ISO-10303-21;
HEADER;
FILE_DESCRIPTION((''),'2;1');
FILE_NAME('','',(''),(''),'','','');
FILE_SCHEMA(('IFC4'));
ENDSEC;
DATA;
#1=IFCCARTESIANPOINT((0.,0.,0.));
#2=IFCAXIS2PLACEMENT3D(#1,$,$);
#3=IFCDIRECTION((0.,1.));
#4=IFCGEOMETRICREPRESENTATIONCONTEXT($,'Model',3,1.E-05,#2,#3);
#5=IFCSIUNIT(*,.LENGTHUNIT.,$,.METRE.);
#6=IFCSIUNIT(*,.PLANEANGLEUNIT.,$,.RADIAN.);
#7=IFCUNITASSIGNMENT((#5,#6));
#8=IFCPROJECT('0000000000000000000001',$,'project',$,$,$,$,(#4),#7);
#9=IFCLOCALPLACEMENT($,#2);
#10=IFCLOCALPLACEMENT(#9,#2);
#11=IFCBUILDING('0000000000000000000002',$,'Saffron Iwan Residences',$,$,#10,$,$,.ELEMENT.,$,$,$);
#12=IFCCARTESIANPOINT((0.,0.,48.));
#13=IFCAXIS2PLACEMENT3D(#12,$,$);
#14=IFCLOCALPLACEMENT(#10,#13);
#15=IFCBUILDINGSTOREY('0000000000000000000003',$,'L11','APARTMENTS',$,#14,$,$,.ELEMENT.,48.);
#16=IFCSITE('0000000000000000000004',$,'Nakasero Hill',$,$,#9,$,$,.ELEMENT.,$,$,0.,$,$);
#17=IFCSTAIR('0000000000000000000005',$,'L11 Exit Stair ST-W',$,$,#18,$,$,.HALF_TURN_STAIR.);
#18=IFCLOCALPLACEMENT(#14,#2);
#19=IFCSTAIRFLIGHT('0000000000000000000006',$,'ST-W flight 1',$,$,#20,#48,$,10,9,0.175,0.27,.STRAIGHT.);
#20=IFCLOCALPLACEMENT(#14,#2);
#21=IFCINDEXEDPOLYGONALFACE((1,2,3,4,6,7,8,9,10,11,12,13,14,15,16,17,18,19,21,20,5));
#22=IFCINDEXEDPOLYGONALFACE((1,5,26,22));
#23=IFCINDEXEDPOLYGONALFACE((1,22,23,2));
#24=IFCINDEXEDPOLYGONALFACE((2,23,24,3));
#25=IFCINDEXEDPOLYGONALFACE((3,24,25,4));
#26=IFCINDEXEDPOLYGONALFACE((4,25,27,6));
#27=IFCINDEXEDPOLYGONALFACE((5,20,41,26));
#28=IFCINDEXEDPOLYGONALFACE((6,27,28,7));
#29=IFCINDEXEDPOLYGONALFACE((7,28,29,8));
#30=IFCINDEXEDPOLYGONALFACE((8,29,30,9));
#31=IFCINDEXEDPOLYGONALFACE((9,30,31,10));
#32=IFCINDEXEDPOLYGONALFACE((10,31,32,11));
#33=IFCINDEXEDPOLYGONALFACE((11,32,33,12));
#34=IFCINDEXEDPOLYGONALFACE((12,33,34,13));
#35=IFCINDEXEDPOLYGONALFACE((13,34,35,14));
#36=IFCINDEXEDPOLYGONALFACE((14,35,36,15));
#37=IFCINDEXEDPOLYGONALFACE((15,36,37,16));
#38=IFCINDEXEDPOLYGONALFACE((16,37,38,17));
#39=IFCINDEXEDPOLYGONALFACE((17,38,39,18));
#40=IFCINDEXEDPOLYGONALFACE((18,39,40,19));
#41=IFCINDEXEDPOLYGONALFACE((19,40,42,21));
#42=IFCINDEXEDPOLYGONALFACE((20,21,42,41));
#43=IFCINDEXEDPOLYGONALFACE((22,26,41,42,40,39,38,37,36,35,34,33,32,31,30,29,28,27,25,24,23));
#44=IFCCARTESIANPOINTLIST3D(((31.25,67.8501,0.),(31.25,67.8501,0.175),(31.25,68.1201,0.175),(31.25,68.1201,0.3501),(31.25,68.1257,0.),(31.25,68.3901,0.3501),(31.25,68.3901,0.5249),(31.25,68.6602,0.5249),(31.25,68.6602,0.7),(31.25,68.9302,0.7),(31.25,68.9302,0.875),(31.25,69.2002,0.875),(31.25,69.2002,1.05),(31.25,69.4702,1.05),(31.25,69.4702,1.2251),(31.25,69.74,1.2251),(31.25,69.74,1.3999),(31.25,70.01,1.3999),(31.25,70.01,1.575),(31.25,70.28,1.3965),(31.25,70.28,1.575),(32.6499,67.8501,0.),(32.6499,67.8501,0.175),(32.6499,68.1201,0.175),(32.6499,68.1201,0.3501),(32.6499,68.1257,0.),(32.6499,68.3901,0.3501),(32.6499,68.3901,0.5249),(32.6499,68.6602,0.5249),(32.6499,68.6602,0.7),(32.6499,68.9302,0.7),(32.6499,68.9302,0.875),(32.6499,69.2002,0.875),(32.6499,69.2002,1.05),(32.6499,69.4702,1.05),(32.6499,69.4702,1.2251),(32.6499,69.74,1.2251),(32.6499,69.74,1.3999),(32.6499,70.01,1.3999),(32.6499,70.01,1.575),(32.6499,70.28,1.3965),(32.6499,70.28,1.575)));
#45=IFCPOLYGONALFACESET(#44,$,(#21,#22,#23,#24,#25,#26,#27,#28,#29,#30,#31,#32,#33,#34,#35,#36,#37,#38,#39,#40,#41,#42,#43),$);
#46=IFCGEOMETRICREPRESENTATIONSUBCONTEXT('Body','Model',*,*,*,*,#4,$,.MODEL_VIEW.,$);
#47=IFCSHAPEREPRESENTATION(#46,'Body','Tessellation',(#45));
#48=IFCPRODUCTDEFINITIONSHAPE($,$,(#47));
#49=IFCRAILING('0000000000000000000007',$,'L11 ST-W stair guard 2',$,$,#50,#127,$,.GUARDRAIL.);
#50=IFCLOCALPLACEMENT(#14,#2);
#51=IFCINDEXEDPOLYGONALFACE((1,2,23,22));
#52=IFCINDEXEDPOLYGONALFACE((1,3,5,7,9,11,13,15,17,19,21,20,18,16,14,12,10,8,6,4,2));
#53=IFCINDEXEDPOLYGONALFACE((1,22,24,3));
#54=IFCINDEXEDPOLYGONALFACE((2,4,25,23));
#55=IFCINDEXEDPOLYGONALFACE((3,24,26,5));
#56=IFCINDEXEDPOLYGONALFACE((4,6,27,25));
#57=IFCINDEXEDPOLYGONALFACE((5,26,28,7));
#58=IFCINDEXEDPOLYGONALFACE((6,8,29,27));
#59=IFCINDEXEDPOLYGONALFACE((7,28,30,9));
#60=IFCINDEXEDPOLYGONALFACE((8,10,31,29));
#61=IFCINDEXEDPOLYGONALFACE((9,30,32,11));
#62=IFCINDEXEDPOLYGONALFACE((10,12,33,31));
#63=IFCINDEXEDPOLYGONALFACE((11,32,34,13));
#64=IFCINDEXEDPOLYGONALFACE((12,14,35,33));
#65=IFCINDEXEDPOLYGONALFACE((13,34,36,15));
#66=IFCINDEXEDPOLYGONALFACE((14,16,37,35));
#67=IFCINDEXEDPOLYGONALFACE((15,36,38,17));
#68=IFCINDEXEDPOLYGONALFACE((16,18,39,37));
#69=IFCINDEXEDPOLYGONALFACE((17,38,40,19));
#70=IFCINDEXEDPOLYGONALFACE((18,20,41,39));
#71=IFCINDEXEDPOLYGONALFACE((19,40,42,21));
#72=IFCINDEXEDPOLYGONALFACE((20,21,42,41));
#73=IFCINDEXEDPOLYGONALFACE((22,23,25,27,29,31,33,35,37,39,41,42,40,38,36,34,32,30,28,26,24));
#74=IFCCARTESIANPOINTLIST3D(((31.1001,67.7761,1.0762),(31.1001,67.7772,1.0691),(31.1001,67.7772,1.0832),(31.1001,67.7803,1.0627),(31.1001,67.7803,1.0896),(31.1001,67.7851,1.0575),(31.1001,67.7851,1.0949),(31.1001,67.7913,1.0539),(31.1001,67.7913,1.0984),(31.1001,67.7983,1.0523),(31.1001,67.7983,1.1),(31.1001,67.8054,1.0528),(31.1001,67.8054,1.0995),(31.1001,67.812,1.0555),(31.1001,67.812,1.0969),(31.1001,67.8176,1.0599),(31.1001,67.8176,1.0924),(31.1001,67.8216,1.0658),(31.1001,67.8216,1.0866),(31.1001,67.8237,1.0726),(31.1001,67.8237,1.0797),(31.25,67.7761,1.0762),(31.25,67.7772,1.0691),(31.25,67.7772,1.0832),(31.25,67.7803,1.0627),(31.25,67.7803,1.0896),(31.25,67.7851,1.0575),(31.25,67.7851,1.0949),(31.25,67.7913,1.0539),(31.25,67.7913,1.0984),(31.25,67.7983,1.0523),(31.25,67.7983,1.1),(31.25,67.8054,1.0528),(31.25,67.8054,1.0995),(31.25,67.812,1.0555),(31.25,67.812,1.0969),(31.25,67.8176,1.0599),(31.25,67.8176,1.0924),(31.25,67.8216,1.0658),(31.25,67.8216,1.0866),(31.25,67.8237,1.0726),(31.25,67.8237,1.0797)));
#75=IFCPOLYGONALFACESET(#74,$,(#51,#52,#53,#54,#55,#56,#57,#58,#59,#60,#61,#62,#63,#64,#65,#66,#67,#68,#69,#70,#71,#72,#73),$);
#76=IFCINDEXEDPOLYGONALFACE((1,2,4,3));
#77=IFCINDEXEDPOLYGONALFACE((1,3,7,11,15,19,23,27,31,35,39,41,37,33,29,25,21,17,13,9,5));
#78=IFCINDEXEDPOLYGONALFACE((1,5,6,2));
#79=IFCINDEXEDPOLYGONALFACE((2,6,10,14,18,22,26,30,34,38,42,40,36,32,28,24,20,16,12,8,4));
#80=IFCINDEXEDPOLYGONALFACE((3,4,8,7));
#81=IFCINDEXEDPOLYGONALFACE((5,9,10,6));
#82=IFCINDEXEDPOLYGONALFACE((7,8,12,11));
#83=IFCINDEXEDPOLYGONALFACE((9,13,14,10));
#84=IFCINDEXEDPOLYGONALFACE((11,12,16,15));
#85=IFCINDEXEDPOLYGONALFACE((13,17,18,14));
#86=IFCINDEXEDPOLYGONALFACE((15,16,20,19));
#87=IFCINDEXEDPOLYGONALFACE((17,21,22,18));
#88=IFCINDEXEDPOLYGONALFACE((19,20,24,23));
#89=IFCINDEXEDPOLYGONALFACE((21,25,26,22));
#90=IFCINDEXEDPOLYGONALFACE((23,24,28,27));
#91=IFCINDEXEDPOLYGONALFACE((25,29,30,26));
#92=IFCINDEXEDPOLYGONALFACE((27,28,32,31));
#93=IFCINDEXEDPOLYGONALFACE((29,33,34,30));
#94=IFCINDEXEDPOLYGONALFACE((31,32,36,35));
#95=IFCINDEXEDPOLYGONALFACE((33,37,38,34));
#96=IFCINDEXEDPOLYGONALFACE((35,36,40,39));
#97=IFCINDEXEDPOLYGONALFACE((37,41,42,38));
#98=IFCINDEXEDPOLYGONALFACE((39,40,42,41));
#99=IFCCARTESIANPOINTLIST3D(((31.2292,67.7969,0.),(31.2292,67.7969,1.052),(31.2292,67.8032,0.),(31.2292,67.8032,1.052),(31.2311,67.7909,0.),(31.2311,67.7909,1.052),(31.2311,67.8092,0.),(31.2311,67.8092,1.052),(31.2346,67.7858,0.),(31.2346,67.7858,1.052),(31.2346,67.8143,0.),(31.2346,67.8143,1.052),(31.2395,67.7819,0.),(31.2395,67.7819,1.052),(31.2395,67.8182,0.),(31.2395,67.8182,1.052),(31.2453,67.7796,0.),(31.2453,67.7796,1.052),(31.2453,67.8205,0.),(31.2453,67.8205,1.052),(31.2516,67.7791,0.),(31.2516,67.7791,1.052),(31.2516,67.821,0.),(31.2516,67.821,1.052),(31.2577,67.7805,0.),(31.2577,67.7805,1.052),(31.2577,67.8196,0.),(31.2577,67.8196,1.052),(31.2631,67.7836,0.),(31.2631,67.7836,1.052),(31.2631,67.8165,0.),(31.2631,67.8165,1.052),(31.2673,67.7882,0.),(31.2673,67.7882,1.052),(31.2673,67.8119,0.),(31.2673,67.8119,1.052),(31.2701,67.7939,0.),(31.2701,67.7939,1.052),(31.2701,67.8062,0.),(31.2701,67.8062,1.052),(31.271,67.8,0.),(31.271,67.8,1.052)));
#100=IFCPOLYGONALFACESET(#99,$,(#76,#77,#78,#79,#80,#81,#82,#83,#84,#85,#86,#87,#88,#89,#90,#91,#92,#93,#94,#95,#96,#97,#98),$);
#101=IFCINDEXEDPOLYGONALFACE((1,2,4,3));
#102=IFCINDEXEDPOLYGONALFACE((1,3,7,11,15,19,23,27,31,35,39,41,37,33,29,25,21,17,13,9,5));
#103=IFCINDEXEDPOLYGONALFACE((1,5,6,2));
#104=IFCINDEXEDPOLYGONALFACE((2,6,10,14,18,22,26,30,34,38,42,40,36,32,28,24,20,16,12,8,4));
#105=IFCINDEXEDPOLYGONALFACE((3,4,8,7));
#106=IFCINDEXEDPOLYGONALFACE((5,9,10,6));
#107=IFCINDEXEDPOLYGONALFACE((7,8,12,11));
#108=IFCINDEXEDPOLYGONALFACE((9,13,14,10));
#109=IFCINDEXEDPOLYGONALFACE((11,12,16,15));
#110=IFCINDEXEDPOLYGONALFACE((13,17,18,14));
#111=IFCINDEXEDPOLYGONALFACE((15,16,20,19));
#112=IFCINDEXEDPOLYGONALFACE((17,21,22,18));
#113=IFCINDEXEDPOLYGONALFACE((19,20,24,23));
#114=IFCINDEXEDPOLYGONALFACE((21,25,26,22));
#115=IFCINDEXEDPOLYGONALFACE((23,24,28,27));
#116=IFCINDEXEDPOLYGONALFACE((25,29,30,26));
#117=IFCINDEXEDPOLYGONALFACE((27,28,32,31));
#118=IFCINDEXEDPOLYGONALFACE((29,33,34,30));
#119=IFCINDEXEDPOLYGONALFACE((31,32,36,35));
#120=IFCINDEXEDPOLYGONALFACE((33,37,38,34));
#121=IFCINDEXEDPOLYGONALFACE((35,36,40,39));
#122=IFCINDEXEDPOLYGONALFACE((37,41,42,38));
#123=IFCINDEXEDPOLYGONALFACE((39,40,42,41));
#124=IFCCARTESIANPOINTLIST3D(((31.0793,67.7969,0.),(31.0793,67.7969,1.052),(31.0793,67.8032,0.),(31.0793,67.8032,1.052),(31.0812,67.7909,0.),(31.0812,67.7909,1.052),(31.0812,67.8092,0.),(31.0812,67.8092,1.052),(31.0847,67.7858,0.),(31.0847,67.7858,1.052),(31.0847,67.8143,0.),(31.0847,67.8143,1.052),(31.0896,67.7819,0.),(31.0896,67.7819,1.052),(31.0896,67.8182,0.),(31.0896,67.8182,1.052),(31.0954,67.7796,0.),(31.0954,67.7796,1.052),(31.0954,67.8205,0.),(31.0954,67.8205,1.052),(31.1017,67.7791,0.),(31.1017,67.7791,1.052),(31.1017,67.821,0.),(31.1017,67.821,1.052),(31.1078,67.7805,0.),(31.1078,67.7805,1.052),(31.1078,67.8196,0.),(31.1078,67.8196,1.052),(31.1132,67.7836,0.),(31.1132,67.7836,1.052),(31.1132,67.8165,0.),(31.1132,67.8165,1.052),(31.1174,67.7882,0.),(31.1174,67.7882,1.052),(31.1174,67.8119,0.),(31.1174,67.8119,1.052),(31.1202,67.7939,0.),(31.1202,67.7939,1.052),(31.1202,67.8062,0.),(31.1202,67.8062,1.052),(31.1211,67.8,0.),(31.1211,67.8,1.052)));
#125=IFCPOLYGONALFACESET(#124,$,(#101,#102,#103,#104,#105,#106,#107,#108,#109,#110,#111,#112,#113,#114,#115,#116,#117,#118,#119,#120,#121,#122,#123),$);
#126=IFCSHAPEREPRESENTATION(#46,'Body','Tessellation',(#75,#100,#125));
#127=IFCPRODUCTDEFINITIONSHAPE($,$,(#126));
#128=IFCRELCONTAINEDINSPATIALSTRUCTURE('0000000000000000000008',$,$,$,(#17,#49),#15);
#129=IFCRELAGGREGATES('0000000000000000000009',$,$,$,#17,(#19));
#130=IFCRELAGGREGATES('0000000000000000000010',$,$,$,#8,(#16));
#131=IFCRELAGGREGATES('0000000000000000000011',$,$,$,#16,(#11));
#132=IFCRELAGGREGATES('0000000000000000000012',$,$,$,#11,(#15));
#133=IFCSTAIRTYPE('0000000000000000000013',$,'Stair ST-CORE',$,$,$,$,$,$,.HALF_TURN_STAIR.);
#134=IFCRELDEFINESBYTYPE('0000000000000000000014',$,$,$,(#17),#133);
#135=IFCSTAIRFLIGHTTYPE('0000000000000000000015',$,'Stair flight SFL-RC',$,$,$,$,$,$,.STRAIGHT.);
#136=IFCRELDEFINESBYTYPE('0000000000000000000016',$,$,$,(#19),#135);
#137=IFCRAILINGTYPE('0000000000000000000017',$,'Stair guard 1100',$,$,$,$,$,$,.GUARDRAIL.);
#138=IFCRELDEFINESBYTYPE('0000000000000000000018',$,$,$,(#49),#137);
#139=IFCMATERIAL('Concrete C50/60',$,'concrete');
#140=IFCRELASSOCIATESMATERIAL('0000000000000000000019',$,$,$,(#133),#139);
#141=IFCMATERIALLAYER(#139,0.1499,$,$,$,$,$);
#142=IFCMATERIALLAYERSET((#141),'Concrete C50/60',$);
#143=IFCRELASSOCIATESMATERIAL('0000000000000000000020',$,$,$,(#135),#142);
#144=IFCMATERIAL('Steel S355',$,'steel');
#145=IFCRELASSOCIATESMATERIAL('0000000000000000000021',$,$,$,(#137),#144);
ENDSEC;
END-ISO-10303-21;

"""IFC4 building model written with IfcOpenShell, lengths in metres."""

from ifc_helpers import new_model, si_unit, direction, frame, origin, origin_2d, place, context, subcontext, project, spatial, polyline, circle, outline, extrude, material, layer, layer_set, type_object, element, aggregate, save


model = new_model("IFC4")

# Units and contexts
model_context = context("Model", 3, precision=1e-05, world=origin(), true_north=direction((0.0, 1.0)))
body_context = subcontext(model_context, "Body", "Model", "MODEL_VIEW")
ifc_project = project(units=[si_unit("LENGTHUNIT", "METRE"), si_unit("PLANEANGLEUNIT", "RADIAN")], contexts=[model_context])

# Site, building, storey
site_placement = place(None, origin())
site = spatial("IfcSite", under=ifc_project, at=site_placement, Name="Nakasero Hill", CompositionType="ELEMENT", RefElevation=0.0)
building_placement = place(site_placement, origin())
building = spatial("IfcBuilding", under=site, at=building_placement, Name="Saffron Iwan Residences", CompositionType="ELEMENT")
storey_placement = place(building_placement, frame((0.0, 0.0, 48.0)))
storey = spatial("IfcBuildingStorey", under=building, at=storey_placement, Name="L11", Description="APARTMENTS", CompositionType="ELEMENT", Elevation=48.0)

# Stair, stair flight
ifc_material_1 = material(Name="Concrete C50/60", Category="concrete")
stair_type = type_object("IfcStairType", Name="Stair ST-CORE", PredefinedType="HALF_TURN_STAIR", material=ifc_material_1)
stair_placement = place(storey_placement, origin())
stair = element("IfcStair", 1, at=stair_placement, inside=storey, type_object=stair_type, Name="L11 Exit Stair ST-W", PredefinedType="HALF_TURN_STAIR")
ifc_layer_1 = layer(ifc_material_1, 0.1499)
ifc_layer_set_1 = layer_set([ifc_layer_1], Name="Concrete C50/60")
stair_flight_type = type_object("IfcStairFlightType", Name="Stair flight SFL-RC", PredefinedType="STRAIGHT", material=ifc_layer_set_1)
stair_flight_placement = place(storey_placement, frame((31.95, 67.8501, 0.0), z_axis=(0.0, 0.0, 1.0), x_axis=(0.0, 1.0, 0.0)))
stair_flight = element("IfcStairFlight", 2, at=stair_flight_placement, type_object=stair_flight_type, Name="ST-W flight 1", NumberOfRisers=10, NumberOfTreads=9, PredefinedType="STRAIGHT", RiserHeight=0.175, TreadLength=0.27, context=body_context, shape_type="SweptSolid", body=[
    extrude(outline(polyline([(0.0, 0.0), (0.0, 0.175), (0.27, 0.175), (0.27, 0.3501), (0.54, 0.3501), (0.54, 0.5249), (0.8101, 0.5249), (0.8101, 0.7), (1.0801, 0.7), (1.0801, 0.875), (1.3501, 0.875), (1.3501, 1.05), (1.6201, 1.05), (1.6201, 1.2251), (1.8899, 1.2251), (1.8899, 1.3999), (2.1599, 1.3999), (2.1599, 1.575), (2.4299, 1.575), (2.4299, 1.75), (2.4299, 1.3965), (0.2756, 0.0), (0.0, 0.0)])), frame((0.0, 0.7, 0.0), z_axis=(0.0, -1.0, 0.0), x_axis=(1.0, 0.0, 0.0)), (0.0, 0.0, 1.0), 1.3999),
])
aggregate(stair, [stair_flight])

# Railing
ifc_material_2 = material(Name="Steel S355", Category="steel")
railing_type_1 = type_object("IfcRailingType", Name="Stair guard 1100", PredefinedType="GUARDRAIL", material=ifc_material_2)
railing_1_placement = place(storey_placement, frame((31.25, 67.8, 0.0)))
element("IfcRailing", 3, at=railing_1_placement, inside=storey, type_object=railing_type_1, Name="L11 ST-W stair guard 2", PredefinedType="GUARDRAIL", context=body_context, shape_type="SweptSolid", body=[
    extrude(circle(Radius=0.0239, at=origin_2d()), frame((0.0, 0.0, 1.0762), z_axis=(-1.0, 0.0, 0.0), x_axis=(0.0, -1.0, 0.0)), (0.0, 0.0, 1.0), 0.1499),
    extrude(circle(Radius=0.021, at=origin_2d()), origin(), (0.0, 0.0, 1.0), 1.052),
    extrude(circle(Radius=0.021, at=origin_2d()), frame((-0.1499, 0.0, 0.0)), (0.0, 0.0, 1.0), 1.052),
])

save(model, "model.ifc")
